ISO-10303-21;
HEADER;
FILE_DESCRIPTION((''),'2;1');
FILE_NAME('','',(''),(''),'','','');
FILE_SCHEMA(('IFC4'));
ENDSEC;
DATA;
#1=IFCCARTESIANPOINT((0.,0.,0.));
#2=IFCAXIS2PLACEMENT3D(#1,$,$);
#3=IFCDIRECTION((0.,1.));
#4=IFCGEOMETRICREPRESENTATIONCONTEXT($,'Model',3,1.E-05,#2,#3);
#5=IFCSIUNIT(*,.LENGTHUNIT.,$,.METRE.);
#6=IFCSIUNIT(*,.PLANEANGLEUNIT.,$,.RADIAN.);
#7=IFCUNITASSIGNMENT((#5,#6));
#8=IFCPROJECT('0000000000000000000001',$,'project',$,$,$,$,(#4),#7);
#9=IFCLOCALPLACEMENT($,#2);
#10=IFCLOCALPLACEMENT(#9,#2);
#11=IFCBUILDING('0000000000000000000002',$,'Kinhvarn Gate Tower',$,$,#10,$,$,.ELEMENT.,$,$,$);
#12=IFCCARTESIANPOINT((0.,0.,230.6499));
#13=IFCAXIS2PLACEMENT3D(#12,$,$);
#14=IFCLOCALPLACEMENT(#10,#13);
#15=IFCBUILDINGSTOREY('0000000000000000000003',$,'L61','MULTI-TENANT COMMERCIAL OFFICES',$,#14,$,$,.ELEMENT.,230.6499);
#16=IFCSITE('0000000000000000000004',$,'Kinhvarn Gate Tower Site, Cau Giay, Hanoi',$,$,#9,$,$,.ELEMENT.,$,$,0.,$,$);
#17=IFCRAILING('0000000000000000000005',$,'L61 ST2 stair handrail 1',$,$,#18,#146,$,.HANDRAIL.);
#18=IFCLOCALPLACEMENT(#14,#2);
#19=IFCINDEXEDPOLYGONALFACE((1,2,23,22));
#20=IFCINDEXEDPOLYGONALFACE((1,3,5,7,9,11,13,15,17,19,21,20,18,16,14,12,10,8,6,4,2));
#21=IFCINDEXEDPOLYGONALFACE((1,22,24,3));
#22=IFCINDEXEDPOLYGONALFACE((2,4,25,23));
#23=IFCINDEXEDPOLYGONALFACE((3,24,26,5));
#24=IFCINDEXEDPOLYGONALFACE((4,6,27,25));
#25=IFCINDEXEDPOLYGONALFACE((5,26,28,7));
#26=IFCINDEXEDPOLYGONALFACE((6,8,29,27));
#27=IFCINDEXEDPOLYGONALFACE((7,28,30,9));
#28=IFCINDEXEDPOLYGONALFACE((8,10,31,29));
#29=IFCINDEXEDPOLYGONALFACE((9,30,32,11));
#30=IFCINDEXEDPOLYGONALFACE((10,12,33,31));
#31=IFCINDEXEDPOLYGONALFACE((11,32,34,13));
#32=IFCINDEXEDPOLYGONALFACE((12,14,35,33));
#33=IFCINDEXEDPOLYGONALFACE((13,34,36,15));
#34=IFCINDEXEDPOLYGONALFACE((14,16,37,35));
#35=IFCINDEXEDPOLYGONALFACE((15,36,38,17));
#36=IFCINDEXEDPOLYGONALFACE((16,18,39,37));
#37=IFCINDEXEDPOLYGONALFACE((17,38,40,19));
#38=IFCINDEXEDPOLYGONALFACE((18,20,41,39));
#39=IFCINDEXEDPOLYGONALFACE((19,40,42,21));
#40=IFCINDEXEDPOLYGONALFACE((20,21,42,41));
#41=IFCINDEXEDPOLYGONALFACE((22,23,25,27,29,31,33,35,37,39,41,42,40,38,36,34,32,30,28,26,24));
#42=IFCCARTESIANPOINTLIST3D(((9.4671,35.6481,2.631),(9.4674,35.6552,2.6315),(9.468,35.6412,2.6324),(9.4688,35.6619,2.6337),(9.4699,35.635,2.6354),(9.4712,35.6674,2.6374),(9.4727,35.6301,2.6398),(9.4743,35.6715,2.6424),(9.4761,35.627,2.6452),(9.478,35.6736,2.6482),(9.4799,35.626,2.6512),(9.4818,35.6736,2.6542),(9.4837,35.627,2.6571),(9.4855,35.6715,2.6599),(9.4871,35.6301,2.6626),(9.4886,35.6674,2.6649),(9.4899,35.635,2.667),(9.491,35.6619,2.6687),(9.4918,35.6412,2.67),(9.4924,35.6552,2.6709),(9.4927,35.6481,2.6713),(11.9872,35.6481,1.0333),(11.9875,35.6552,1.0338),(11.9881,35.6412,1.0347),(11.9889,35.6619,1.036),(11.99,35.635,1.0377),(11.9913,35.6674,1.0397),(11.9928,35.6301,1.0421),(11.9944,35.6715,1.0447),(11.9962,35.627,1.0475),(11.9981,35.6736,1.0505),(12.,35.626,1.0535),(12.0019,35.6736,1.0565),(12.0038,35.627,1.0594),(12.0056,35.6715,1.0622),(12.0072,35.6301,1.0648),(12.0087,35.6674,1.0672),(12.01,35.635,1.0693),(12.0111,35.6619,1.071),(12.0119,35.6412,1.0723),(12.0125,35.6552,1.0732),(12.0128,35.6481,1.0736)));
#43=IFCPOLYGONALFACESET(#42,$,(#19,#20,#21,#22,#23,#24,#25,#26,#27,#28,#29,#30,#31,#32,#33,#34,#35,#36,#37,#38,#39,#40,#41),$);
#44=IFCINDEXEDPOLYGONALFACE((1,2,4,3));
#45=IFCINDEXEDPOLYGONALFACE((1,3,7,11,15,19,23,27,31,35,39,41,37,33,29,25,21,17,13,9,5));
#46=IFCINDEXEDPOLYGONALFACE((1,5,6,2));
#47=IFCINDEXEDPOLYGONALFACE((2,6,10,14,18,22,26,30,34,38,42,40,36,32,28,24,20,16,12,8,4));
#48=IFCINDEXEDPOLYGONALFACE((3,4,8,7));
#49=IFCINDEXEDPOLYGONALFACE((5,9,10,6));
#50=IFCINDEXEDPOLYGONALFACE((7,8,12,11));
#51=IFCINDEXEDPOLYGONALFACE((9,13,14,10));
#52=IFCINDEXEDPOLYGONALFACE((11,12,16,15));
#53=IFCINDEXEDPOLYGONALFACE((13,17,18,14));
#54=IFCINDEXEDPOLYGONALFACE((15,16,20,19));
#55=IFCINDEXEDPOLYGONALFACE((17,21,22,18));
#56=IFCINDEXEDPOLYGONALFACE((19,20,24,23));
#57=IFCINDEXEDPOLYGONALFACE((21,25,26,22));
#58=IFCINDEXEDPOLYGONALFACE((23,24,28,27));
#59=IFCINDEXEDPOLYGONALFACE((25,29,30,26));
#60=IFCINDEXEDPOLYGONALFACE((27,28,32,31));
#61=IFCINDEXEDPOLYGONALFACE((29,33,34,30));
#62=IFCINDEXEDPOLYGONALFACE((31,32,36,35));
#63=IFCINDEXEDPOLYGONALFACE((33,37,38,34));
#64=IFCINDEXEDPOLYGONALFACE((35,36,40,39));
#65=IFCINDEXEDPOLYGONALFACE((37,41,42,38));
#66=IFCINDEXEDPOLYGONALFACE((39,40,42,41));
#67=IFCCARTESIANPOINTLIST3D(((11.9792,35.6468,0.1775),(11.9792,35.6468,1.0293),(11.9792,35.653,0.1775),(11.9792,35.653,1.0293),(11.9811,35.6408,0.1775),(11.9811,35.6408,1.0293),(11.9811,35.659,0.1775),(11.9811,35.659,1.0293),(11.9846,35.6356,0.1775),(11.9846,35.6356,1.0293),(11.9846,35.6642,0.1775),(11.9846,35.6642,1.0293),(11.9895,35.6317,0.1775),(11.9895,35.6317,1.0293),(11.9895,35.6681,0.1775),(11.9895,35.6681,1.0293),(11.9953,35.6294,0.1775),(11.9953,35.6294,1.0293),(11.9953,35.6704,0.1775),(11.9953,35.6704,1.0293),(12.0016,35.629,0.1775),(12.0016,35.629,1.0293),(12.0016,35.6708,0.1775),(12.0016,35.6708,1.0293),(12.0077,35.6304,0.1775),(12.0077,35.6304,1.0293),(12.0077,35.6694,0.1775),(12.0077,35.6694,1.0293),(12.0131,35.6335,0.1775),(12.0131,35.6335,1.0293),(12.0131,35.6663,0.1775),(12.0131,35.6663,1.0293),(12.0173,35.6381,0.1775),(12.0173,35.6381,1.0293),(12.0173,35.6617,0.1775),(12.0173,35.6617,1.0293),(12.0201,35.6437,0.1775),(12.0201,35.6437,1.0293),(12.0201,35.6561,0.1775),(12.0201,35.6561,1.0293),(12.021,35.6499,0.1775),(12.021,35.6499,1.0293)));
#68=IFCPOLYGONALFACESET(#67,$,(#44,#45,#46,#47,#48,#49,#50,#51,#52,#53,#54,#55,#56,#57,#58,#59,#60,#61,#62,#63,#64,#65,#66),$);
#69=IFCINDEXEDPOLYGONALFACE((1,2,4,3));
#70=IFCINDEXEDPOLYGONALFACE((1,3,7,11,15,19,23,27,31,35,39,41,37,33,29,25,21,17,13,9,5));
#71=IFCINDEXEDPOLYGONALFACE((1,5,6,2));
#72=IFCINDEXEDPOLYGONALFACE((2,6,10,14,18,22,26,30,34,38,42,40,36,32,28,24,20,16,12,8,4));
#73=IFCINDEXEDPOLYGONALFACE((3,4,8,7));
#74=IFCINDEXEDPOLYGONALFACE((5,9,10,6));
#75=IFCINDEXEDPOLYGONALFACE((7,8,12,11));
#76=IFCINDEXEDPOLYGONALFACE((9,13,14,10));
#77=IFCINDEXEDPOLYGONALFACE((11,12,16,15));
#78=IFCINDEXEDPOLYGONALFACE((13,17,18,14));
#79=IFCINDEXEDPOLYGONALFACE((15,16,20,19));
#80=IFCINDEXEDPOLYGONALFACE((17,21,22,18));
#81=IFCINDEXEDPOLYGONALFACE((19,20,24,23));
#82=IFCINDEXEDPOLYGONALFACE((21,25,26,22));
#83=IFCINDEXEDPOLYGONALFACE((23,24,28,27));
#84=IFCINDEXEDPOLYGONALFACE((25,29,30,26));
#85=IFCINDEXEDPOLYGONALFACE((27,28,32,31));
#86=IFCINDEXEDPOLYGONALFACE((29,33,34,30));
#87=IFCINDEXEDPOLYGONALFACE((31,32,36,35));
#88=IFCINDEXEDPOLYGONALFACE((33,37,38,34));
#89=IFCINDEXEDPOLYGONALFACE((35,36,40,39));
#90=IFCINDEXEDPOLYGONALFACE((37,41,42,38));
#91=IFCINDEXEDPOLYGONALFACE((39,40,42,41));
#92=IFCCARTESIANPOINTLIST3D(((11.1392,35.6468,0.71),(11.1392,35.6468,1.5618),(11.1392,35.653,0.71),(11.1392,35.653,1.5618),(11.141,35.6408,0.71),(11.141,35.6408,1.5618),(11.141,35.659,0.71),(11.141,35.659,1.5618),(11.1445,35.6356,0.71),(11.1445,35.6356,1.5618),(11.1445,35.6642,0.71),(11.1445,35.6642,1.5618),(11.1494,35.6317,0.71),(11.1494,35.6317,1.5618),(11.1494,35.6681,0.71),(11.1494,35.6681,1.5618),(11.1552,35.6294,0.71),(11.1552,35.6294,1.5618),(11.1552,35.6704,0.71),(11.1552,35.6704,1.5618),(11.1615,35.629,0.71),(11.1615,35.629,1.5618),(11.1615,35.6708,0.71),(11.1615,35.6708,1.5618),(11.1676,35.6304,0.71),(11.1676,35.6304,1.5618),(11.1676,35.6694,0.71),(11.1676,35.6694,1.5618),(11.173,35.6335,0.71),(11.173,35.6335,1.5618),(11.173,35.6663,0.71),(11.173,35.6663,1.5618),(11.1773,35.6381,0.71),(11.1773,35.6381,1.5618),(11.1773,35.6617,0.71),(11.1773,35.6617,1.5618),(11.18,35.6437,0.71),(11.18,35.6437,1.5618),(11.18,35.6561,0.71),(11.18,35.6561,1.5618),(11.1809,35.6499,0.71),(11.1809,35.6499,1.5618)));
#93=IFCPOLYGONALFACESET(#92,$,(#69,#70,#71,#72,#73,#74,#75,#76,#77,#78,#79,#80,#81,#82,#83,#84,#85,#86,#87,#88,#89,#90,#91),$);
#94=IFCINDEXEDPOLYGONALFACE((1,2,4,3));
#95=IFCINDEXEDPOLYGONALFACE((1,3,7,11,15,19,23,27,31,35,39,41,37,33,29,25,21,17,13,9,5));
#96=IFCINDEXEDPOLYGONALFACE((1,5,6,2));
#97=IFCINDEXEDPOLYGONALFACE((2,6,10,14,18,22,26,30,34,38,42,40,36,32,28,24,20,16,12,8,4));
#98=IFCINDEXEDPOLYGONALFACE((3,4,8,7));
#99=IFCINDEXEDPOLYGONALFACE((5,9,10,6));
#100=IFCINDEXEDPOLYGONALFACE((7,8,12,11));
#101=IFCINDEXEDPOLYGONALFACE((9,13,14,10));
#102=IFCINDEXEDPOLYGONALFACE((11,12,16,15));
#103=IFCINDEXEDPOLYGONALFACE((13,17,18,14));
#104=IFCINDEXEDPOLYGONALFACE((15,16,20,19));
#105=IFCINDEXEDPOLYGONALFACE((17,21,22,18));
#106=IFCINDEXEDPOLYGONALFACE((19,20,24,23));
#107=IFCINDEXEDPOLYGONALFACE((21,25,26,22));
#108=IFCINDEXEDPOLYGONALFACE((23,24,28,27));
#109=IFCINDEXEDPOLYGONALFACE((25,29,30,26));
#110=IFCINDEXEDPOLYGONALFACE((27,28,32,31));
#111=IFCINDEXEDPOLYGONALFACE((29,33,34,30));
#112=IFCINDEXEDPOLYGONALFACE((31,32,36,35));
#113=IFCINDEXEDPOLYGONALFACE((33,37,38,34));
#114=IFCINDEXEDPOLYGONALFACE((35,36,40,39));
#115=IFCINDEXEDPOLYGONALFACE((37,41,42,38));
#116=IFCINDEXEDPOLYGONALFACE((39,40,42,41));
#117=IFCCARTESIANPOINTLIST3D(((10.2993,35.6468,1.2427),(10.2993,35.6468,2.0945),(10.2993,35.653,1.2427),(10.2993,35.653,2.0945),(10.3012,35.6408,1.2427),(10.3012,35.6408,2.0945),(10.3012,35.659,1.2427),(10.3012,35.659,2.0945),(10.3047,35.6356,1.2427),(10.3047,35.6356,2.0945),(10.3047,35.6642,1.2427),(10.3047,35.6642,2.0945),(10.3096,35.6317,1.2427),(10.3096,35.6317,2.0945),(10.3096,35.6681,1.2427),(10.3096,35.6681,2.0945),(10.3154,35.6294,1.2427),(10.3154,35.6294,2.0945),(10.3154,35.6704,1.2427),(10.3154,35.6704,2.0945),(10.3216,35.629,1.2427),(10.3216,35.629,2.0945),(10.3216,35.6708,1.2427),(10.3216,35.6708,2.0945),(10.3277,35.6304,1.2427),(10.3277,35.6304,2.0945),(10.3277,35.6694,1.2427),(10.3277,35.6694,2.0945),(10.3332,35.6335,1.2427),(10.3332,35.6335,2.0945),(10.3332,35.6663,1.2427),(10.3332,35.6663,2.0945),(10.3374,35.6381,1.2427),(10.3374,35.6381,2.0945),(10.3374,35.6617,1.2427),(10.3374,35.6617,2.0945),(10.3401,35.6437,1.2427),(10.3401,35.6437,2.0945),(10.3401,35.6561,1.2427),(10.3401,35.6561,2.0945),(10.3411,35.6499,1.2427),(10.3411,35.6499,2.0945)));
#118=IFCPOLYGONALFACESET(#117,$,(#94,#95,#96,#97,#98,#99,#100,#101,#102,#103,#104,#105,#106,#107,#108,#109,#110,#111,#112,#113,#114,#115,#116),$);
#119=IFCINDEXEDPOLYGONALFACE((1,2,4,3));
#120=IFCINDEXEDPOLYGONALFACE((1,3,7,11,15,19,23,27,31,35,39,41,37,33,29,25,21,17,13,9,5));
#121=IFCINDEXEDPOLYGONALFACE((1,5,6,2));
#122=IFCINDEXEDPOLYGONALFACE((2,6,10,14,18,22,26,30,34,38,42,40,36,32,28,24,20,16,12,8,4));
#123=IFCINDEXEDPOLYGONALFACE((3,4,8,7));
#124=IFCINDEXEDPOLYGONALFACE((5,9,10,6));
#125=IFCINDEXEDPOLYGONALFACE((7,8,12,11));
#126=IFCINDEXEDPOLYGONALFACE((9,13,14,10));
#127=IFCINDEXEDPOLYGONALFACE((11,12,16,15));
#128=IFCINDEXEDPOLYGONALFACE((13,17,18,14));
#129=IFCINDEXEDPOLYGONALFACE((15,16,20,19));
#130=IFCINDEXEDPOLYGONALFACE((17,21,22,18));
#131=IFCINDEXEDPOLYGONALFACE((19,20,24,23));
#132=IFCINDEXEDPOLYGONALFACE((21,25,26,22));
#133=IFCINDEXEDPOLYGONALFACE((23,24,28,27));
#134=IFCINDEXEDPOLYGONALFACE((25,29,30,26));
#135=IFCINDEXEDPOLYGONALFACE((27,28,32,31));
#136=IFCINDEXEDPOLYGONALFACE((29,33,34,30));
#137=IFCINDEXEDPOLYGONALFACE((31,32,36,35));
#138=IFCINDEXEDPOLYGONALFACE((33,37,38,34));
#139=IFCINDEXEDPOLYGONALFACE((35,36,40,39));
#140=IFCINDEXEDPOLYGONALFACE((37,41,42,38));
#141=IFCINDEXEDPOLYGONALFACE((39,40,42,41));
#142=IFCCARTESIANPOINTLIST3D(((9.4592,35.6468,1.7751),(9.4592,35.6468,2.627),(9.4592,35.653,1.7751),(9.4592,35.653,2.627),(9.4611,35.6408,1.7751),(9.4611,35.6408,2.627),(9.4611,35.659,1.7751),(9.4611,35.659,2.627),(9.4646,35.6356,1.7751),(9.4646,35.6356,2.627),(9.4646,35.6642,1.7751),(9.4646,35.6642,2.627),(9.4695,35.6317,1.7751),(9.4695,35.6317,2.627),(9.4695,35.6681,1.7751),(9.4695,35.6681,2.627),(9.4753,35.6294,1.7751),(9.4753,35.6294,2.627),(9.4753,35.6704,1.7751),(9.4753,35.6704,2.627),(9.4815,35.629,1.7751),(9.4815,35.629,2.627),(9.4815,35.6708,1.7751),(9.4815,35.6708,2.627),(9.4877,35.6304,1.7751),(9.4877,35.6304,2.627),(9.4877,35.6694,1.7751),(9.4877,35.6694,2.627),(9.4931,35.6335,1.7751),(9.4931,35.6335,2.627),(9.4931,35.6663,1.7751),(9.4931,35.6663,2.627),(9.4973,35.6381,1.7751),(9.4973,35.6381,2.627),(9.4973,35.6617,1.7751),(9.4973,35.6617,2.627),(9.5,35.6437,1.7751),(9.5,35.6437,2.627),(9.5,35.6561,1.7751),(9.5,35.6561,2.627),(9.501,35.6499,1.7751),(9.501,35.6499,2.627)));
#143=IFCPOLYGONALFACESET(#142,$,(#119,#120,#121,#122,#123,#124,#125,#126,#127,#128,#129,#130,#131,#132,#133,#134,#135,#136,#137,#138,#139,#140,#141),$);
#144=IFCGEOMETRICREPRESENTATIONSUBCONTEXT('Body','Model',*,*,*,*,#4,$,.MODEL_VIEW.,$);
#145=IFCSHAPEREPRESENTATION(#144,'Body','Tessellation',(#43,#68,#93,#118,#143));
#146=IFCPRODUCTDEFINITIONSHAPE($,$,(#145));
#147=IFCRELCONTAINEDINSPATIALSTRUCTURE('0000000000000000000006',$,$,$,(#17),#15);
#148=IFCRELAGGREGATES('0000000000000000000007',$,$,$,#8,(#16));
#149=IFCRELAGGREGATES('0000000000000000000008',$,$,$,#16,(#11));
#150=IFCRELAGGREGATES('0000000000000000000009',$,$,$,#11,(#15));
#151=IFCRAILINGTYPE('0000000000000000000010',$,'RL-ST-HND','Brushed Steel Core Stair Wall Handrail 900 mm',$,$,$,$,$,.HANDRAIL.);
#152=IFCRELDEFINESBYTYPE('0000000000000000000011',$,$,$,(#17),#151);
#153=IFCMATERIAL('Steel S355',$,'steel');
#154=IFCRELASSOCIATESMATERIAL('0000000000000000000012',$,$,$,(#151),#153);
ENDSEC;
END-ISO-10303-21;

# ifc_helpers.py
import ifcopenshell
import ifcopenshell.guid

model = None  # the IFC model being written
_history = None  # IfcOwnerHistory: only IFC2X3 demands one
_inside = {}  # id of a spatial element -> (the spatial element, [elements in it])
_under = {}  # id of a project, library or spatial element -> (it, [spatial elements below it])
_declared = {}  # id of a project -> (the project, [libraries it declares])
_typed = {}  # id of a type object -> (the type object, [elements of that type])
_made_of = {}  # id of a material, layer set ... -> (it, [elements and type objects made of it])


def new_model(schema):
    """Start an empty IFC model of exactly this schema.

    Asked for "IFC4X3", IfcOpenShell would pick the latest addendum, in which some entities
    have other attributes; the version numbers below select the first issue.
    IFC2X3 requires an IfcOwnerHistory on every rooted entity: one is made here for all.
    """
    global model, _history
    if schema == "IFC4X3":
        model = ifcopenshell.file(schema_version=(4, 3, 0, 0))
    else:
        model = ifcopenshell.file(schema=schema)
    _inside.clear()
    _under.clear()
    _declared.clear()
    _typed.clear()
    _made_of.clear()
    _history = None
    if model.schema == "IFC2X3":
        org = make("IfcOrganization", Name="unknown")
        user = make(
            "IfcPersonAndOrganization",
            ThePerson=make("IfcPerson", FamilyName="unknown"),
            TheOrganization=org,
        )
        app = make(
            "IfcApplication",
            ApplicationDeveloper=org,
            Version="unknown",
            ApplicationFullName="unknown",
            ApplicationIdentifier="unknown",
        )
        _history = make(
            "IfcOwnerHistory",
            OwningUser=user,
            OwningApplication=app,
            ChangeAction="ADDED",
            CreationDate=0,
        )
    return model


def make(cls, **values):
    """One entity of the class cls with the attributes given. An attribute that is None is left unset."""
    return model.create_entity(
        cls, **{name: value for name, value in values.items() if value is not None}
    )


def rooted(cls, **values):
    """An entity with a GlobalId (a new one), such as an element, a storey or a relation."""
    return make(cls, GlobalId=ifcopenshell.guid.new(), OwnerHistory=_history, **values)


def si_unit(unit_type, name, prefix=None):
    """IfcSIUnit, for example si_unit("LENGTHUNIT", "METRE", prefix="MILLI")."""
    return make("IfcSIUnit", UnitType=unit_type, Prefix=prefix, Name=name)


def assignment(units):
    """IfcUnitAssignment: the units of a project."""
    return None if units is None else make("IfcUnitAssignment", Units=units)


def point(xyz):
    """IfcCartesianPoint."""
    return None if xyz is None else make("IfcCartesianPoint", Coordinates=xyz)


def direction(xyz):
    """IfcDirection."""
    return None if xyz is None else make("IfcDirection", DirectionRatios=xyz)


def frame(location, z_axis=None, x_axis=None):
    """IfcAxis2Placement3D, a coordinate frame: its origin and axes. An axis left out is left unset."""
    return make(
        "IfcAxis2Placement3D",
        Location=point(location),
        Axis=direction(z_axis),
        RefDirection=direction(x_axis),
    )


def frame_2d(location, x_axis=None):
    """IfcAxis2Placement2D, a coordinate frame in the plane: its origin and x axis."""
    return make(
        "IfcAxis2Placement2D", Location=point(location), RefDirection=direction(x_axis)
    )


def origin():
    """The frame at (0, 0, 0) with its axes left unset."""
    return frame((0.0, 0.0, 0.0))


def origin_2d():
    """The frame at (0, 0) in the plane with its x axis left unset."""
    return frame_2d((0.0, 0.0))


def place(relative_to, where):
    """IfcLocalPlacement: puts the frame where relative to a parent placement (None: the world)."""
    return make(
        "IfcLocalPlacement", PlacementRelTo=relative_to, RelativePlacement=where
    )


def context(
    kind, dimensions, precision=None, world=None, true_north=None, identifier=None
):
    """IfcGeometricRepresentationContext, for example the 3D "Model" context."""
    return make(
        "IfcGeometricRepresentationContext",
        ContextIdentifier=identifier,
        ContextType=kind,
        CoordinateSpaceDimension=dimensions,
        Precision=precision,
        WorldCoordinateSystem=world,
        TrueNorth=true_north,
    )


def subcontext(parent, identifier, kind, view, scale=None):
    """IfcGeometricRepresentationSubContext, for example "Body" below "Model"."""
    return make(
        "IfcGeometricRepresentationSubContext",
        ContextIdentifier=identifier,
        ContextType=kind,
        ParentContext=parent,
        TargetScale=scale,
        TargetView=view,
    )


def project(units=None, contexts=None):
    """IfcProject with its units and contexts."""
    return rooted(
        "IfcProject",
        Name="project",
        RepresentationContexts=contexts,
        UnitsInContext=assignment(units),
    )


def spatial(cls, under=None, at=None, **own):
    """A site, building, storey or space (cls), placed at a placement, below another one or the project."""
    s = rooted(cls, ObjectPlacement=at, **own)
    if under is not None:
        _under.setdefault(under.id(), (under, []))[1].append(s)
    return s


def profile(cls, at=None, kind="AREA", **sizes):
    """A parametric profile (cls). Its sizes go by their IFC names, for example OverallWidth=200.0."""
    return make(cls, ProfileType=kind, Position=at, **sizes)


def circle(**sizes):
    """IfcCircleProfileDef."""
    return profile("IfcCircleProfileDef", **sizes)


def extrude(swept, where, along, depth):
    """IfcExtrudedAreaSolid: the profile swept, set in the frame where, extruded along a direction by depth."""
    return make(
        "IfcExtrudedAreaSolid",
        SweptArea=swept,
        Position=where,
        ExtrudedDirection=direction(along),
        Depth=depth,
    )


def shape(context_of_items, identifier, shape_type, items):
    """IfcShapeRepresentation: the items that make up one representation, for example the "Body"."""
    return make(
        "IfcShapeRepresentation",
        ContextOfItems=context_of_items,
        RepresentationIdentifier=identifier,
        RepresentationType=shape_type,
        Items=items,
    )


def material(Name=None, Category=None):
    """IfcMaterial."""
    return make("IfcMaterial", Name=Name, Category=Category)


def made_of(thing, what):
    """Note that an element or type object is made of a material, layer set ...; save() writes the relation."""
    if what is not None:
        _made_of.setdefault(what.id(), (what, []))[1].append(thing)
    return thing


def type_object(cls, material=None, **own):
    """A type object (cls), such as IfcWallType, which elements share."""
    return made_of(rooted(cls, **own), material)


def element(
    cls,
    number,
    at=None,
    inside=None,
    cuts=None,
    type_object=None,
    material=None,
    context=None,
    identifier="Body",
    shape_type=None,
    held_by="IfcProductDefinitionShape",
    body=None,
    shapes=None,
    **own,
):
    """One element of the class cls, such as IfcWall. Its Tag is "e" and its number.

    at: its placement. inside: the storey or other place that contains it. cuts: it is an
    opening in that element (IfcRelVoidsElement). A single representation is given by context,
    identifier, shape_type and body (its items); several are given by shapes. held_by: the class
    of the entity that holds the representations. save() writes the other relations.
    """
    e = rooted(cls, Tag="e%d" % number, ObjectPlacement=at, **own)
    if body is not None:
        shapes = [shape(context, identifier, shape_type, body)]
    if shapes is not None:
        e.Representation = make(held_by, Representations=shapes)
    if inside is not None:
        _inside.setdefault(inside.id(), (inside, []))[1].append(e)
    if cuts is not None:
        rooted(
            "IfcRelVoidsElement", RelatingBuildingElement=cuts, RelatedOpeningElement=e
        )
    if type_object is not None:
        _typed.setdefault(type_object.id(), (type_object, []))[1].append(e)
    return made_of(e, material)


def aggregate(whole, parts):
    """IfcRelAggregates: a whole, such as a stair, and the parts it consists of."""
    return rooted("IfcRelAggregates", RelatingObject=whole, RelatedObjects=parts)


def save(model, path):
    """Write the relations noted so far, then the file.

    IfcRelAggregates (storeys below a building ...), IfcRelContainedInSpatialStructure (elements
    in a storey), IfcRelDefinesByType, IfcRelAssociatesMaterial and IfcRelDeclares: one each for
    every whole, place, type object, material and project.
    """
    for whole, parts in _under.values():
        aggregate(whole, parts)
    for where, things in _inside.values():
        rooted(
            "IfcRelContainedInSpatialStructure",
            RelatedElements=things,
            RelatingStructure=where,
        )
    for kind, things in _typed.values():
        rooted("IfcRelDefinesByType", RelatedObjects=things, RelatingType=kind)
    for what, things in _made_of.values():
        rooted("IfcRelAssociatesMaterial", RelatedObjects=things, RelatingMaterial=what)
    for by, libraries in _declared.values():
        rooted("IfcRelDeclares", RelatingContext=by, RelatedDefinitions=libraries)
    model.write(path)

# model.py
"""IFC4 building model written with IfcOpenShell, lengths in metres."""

from ifc_helpers import new_model, si_unit, direction, frame, origin, origin_2d, place, context, subcontext, project, spatial, circle, extrude, material, type_object, element, save


model = new_model("IFC4")

# Units and contexts
model_context = context("Model", 3, precision=1e-05, world=origin(), true_north=direction((0.0, 1.0)))
body_context = subcontext(model_context, "Body", "Model", "MODEL_VIEW")
ifc_project = project(units=[si_unit("LENGTHUNIT", "METRE"), si_unit("PLANEANGLEUNIT", "RADIAN")], contexts=[model_context])

# Site, building, storey
site_placement = place(None, origin())
site = spatial("IfcSite", under=ifc_project, at=site_placement, Name="Kinhvarn Gate Tower Site, Cau Giay, Hanoi", CompositionType="ELEMENT", RefElevation=0.0)
building_placement = place(site_placement, origin())
building = spatial("IfcBuilding", under=site, at=building_placement, Name="Kinhvarn Gate Tower", CompositionType="ELEMENT")
storey_placement = place(building_placement, frame((0.0, 0.0, 230.6499)))
storey = spatial("IfcBuildingStorey", under=building, at=storey_placement, Name="L61", Description="MULTI-TENANT COMMERCIAL OFFICES", CompositionType="ELEMENT", Elevation=230.6499)

# Shared definitions
ifc_material_1 = material(Name="Steel S355", Category="steel")

# Railing
railing_type_1 = type_object("IfcRailingType", Name="RL-ST-HND", Description="Brushed Steel Core Stair Wall Handrail 900 mm", PredefinedType="HANDRAIL", material=ifc_material_1)
railing_1_placement = place(storey_placement, frame((12.0, 35.6499, 0.1775)))
element("IfcRailing", 1, at=railing_1_placement, inside=storey, type_object=railing_type_1, Name="L61 ST2 stair handrail 1", PredefinedType="HANDRAIL", context=body_context, shape_type="SweptSolid", body=[
    extrude(circle(Radius=0.0239, at=origin_2d()), frame((0.0, 0.0, 0.876), z_axis=(-0.84457, 0.0, 0.535445), x_axis=(0.0, -1.0, 0.0)), (0.0, 0.0, 1.0), 2.9839),
    extrude(circle(Radius=0.021, at=origin_2d()), origin(), (0.0, 0.0, 1.0), 0.8518),
    extrude(circle(Radius=0.021, at=origin_2d()), frame((-0.8401, 0.0, 0.5325)), (0.0, 0.0, 1.0), 0.8518),
    extrude(circle(Radius=0.021, at=origin_2d()), frame((-1.6799, 0.0, 1.0652)), (0.0, 0.0, 1.0), 0.8518),
    extrude(circle(Radius=0.021, at=origin_2d()), frame((-2.52, 0.0, 1.5977)), (0.0, 0.0, 1.0), 0.8518),
])

save(model, "model.ifc")
